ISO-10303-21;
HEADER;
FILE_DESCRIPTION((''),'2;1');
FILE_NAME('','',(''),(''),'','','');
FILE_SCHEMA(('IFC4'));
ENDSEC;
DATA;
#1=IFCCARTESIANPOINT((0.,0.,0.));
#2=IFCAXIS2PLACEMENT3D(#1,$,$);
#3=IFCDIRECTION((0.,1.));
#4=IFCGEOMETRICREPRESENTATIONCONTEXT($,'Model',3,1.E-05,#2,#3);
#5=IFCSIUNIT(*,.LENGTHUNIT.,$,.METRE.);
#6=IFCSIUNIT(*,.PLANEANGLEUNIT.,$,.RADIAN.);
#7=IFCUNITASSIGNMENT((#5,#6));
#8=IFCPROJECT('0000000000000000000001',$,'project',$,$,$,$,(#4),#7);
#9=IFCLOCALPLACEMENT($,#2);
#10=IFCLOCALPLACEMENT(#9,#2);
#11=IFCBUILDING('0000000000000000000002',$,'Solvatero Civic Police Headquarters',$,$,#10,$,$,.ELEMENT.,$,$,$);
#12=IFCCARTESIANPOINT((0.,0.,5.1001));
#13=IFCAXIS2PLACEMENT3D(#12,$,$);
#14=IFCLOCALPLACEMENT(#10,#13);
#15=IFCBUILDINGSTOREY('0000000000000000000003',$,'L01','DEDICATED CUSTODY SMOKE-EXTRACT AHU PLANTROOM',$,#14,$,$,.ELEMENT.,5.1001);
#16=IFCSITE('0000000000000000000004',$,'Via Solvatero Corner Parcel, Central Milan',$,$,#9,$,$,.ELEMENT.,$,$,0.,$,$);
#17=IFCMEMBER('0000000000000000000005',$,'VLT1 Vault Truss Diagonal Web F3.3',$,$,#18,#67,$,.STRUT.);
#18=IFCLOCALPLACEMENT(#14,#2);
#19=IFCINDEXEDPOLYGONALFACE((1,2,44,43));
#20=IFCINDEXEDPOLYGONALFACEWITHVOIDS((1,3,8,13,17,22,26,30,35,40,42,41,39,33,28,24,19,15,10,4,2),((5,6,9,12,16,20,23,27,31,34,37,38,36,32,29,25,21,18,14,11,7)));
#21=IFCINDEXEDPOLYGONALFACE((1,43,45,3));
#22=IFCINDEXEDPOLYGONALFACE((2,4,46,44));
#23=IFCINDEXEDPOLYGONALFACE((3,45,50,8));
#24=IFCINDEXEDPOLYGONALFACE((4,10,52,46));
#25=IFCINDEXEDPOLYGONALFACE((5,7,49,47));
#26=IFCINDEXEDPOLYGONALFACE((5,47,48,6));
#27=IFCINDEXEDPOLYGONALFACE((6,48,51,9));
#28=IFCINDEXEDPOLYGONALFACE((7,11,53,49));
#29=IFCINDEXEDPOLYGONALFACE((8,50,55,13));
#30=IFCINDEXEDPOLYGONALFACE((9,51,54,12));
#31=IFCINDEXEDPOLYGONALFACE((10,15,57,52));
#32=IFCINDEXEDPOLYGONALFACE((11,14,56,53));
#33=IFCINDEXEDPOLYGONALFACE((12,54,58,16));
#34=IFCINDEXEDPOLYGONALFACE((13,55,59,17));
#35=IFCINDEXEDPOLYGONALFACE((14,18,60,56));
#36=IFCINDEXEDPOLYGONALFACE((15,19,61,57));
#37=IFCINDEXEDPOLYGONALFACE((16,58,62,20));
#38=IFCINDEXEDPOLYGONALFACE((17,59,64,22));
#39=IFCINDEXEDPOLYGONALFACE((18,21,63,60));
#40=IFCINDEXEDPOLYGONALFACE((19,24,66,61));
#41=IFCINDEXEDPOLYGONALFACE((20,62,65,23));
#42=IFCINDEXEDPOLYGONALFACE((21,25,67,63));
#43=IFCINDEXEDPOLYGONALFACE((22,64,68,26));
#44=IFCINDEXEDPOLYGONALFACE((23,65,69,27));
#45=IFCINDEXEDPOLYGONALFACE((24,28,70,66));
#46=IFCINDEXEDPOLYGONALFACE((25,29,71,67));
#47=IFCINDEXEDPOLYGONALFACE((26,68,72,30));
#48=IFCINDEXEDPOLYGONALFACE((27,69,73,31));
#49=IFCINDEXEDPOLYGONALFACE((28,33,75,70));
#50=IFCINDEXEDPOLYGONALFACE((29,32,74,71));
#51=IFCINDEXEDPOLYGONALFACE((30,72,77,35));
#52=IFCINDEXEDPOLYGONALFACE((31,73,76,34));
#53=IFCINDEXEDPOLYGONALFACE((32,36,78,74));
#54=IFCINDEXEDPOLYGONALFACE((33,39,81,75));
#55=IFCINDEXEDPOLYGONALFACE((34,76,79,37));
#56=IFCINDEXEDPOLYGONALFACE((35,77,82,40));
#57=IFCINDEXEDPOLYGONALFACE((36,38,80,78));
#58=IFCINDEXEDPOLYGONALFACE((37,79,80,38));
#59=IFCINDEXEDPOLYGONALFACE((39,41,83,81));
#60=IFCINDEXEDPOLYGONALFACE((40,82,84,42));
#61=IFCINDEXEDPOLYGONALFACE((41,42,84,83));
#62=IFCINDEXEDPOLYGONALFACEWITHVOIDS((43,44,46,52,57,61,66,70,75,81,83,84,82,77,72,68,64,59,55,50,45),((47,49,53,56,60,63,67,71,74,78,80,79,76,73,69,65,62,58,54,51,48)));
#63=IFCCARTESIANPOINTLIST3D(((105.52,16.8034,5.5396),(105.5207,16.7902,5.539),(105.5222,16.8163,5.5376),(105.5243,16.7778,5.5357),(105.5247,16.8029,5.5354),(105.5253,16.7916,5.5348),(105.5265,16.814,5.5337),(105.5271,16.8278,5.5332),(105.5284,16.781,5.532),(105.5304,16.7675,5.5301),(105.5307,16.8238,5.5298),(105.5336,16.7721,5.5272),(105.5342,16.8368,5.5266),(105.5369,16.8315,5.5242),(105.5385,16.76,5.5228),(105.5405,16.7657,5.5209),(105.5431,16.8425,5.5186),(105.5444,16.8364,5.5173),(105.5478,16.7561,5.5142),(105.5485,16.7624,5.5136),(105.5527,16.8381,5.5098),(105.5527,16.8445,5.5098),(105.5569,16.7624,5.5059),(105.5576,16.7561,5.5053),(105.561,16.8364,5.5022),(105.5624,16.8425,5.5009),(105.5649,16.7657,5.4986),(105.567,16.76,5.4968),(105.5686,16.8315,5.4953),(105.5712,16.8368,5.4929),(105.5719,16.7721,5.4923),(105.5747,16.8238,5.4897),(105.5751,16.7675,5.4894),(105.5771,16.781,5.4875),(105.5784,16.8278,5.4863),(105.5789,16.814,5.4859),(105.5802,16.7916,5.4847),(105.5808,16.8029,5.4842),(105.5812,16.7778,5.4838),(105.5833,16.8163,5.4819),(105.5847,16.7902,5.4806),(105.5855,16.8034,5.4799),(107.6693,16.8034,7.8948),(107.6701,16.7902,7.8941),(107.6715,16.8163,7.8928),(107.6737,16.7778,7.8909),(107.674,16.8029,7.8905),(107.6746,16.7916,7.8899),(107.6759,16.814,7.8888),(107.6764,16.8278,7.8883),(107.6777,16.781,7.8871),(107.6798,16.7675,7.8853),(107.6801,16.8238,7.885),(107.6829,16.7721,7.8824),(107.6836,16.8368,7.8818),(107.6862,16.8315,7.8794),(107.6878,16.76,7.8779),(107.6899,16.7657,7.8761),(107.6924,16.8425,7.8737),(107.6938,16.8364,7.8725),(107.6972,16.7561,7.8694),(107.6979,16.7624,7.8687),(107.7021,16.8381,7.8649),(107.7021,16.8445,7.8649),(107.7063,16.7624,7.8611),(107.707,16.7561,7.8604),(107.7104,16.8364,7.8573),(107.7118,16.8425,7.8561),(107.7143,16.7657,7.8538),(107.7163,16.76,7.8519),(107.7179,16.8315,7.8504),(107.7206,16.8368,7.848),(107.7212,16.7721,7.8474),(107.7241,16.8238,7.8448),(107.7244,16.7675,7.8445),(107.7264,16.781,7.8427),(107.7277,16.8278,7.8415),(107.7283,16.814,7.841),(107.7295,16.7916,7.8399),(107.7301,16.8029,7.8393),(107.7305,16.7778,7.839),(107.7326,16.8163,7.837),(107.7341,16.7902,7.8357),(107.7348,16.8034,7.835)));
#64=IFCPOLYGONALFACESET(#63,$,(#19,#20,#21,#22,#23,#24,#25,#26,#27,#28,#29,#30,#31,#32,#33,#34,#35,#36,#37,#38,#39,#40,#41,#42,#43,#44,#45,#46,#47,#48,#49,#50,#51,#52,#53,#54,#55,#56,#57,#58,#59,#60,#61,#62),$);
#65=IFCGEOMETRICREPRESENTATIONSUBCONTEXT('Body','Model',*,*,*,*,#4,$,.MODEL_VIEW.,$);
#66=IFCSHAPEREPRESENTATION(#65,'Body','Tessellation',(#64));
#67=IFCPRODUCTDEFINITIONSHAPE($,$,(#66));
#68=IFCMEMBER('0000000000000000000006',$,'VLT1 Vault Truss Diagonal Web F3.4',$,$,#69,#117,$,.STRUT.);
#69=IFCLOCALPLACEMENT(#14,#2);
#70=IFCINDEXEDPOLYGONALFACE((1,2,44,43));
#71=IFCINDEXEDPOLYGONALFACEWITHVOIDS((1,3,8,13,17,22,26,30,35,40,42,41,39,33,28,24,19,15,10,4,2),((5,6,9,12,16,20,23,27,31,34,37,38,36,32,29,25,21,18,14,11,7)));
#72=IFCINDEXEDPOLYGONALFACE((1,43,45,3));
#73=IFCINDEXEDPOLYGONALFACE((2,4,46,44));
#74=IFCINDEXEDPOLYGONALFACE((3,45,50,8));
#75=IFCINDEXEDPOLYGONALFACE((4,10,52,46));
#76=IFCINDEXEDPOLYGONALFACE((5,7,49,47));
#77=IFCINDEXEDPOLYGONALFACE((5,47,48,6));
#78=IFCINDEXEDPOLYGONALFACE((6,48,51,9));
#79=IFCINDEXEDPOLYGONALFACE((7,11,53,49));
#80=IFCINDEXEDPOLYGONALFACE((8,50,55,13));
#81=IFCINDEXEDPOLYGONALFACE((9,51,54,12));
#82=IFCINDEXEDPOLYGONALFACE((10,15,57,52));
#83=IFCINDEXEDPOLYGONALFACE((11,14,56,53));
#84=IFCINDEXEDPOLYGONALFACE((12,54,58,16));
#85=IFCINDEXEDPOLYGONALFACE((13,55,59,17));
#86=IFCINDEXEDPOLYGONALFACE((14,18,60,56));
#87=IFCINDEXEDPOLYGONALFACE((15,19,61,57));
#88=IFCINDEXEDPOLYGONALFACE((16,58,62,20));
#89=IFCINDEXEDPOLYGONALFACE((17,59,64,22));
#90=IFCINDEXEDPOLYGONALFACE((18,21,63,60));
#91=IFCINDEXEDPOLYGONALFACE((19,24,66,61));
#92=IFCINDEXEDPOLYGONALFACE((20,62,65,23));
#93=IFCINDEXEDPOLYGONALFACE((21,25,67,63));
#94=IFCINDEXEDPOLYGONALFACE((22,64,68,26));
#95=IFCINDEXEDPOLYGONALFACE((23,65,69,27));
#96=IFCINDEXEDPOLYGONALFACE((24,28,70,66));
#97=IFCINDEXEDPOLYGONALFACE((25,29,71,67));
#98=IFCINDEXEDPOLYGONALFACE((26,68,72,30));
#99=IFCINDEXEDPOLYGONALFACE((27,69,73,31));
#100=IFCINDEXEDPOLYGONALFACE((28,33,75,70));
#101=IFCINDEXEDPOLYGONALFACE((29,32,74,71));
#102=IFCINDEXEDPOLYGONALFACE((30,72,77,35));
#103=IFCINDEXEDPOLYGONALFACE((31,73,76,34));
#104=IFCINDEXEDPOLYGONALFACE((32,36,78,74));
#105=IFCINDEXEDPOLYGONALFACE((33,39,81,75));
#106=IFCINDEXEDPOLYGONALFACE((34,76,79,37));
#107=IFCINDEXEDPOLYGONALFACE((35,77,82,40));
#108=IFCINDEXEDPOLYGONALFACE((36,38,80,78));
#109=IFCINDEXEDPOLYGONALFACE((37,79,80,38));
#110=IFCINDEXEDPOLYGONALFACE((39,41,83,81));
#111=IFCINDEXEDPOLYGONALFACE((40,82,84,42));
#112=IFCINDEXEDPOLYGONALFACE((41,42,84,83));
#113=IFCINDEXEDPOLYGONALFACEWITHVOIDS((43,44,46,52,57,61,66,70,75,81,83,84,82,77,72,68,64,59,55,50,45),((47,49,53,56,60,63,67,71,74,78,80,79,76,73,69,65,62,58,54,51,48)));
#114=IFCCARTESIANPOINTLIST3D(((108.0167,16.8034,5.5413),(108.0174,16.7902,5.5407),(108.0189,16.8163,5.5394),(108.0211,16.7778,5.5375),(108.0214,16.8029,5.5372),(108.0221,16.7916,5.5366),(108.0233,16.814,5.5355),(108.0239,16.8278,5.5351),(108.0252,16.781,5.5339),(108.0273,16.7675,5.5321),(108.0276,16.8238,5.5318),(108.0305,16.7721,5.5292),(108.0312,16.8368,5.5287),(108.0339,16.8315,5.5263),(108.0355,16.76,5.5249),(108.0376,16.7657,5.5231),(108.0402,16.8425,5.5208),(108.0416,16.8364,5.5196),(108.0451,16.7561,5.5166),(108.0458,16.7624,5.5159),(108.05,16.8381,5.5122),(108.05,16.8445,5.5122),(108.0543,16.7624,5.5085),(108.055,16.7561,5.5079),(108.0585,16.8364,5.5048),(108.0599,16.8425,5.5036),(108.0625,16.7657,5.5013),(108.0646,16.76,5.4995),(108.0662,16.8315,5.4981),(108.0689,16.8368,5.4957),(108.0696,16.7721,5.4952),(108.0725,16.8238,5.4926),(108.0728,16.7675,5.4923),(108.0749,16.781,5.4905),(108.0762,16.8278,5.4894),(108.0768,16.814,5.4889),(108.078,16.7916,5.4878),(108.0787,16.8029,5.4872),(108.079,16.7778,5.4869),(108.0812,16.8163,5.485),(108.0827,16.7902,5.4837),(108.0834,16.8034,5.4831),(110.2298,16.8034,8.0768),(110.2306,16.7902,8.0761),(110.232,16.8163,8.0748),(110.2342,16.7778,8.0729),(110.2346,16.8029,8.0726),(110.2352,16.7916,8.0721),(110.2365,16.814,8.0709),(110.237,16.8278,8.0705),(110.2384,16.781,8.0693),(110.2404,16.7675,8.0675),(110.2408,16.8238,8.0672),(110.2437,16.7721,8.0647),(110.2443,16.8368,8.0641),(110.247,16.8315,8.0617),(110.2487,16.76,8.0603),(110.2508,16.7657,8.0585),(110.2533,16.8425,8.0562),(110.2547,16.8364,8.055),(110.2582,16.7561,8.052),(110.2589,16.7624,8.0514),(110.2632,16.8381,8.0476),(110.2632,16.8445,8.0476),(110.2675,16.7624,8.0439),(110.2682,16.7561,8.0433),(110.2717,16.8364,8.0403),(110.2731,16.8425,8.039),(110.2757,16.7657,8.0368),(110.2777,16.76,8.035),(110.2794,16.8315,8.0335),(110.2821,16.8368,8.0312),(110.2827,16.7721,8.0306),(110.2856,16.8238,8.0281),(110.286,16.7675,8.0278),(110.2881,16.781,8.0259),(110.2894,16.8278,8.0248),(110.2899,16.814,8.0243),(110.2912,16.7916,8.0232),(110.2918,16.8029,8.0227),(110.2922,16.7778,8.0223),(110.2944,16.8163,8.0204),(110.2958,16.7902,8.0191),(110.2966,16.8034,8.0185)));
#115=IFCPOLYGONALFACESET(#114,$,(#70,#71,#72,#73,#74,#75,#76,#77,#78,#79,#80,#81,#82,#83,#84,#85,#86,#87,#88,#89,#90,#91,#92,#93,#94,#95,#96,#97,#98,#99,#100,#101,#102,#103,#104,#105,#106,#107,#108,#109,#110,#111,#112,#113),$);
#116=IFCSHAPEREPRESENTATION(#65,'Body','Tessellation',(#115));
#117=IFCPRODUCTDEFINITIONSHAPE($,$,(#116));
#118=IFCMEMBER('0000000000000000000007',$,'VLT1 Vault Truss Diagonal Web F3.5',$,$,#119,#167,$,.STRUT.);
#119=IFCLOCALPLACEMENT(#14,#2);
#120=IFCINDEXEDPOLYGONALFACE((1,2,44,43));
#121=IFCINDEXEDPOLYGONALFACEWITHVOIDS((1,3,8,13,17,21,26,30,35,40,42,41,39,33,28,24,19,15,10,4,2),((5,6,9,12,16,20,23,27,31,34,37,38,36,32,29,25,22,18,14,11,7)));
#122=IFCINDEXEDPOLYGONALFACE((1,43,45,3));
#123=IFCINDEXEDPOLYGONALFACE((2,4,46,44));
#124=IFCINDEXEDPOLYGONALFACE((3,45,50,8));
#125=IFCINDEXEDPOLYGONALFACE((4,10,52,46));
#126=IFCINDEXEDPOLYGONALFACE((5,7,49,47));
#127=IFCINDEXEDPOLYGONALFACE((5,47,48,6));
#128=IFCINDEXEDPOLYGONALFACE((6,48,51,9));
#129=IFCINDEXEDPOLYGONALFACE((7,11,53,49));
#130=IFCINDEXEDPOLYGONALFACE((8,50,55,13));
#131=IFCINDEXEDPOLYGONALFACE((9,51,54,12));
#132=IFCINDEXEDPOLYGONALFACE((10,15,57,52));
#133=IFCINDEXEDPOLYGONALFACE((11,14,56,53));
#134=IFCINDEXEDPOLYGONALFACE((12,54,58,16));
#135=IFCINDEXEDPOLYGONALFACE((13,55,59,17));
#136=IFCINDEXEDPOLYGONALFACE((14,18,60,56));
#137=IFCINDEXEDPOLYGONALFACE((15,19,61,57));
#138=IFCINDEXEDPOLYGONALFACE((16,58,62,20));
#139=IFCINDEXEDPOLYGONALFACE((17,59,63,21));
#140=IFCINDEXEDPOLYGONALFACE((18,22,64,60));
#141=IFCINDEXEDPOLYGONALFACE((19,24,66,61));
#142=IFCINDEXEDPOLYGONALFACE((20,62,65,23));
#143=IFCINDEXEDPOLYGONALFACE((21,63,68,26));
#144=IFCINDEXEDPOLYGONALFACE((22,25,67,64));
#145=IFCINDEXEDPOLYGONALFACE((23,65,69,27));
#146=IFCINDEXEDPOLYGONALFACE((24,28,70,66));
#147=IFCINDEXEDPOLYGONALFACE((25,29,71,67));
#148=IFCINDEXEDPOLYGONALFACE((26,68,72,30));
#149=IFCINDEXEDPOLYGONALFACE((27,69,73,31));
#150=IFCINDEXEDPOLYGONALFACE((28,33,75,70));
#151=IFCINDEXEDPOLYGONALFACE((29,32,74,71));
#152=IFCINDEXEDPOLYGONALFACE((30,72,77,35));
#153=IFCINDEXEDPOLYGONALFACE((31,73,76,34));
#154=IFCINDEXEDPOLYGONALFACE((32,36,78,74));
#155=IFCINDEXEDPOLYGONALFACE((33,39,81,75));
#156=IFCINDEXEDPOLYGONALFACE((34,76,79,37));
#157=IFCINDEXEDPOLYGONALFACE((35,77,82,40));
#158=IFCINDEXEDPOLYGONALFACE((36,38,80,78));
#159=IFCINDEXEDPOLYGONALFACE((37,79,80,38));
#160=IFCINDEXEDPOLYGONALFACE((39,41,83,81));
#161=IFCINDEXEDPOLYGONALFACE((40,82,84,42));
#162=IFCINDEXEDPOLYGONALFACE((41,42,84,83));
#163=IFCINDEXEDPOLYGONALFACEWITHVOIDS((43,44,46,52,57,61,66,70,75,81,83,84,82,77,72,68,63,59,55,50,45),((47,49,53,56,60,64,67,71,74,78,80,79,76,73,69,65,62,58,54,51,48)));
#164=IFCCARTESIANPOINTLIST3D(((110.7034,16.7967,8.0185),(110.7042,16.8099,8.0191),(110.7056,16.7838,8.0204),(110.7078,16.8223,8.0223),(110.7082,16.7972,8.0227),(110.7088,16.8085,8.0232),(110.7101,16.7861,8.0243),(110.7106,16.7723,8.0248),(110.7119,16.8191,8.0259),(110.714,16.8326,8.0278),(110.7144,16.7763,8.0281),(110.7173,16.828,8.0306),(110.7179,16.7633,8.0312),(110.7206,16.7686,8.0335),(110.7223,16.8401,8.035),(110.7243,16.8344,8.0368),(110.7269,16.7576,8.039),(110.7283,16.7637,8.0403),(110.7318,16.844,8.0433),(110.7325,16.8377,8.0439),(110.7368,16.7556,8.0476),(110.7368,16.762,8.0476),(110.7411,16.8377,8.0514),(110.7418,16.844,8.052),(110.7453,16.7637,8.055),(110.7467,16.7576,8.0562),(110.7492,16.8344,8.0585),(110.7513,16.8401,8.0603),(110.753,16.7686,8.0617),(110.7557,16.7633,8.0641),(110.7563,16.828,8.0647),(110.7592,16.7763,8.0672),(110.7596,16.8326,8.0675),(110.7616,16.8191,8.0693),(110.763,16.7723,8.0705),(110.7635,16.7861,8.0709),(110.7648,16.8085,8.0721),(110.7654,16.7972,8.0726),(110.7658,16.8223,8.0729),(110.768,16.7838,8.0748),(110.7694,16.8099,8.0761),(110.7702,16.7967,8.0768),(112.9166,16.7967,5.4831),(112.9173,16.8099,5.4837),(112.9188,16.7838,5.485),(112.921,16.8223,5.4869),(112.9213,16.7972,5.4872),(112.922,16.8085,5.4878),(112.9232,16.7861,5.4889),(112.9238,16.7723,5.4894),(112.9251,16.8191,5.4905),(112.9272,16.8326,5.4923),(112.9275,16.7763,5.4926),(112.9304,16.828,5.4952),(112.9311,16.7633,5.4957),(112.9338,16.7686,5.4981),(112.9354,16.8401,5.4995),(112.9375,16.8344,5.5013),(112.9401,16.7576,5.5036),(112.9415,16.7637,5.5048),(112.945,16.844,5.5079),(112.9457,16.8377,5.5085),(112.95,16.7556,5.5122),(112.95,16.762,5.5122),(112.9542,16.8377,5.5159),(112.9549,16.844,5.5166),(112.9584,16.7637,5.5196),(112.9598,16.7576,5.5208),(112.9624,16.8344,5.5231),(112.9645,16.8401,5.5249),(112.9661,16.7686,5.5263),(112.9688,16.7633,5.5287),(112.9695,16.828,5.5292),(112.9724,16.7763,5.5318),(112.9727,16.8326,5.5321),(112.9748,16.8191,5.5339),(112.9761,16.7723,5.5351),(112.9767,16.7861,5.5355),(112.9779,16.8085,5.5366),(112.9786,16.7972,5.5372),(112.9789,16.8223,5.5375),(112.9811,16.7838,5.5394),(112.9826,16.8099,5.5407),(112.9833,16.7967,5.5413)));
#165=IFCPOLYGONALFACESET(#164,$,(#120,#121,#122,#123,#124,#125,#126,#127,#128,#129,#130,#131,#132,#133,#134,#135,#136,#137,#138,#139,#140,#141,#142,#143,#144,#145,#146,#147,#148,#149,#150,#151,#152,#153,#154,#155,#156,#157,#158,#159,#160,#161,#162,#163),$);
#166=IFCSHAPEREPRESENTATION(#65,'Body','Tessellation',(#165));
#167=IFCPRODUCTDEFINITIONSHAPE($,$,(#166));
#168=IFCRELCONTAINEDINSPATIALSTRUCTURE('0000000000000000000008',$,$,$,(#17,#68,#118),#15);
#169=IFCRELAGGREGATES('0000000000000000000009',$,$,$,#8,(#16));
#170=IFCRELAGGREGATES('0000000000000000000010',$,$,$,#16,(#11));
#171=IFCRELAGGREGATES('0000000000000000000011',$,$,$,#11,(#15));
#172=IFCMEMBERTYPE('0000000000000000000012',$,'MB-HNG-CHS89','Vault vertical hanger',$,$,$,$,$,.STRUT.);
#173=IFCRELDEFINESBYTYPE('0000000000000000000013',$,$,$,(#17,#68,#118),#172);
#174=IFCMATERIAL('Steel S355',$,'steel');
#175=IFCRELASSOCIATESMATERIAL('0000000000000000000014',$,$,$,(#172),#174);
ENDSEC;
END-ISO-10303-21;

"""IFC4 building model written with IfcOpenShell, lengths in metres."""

from ifc_helpers import new_model, si_unit, direction, frame, origin, origin_2d, place, context, subcontext, project, spatial, hollow_circle, extrude, material, material_profile, profile_set, type_object, element, save


model = new_model("IFC4")

# Units and contexts
model_context = context("Model", 3, precision=1e-05, world=origin(), true_north=direction((0.0, 1.0)))
body_context = subcontext(model_context, "Body", "Model", "MODEL_VIEW")
ifc_project = project(units=[si_unit("LENGTHUNIT", "METRE"), si_unit("PLANEANGLEUNIT", "RADIAN")], contexts=[model_context])

# Site, building, storey
site_placement = place(None, origin())
site = spatial("IfcSite", under=ifc_project, at=site_placement, Name="Via Solvatero Corner Parcel, Central Milan", CompositionType="ELEMENT", RefElevation=0.0)
building_placement = place(site_placement, origin())
building = spatial("IfcBuilding", under=site, at=building_placement, Name="Solvatero Civic Police Headquarters", CompositionType="ELEMENT")
storey_placement = place(building_placement, frame((0.0, 0.0, 5.1001)))
storey = spatial("IfcBuildingStorey", under=building, at=storey_placement, Name="L01", Description="DEDICATED CUSTODY SMOKE-EXTRACT AHU PLANTROOM", CompositionType="ELEMENT", Elevation=5.1001)

# Shared definitions
ifc_material_1 = material(Name="Steel S355", Category="steel")

# Members
ifc_material_profile_1 = material_profile(ifc_material_1, hollow_circle(Radius=0.0444, WallThickness=0.0063, at=origin_2d()), Name="CHS 88.9x6.3")
ifc_profile_set_1 = profile_set([ifc_material_profile_1], Name="Steel S355")
member_type_1 = type_object("IfcMemberType", Name="MB-HNG-CHS89", Description="Vault vertical hanger", PredefinedType="STRUT", material=ifc_profile_set_1)
for number, where, z_axis, x_axis, name in (
    (1, (105.5527, 16.8, 5.5098), (0.674097, 0.0, 0.738643), (0.0, 1.0, 0.0), "VLT1 Vault Truss Diagonal Web F3.3"),
):
    element("IfcMember", number, at=place(storey_placement, frame(where, z_axis=z_axis, x_axis=x_axis)), inside=storey, type_object=member_type_1, Name=name, PredefinedType="STRUT", context=body_context, shape_type="SweptSolid", body=[
        extrude(hollow_circle(Radius=0.0444, WallThickness=0.0063, at=origin_2d()), origin(), (0.0, 0.0, 1.0), 3.1885),
    ])
for number, where, z_axis, x_axis, name in (
    (2, (108.05, 16.8, 5.5122), (0.657605, 0.0, 0.753363), (0.0, 1.0, 0.0), "VLT1 Vault Truss Diagonal Web F3.4"),
    (3, (112.95, 16.8, 5.5122), (-0.657605, 0.0, 0.753363), (0.0, -1.0, 0.0), "VLT1 Vault Truss Diagonal Web F3.5"),
):
    element("IfcMember", number, at=place(storey_placement, frame(where, z_axis=z_axis, x_axis=x_axis)), inside=storey, type_object=member_type_1, Name=name, PredefinedType="STRUT", context=body_context, shape_type="SweptSolid", body=[
        extrude(hollow_circle(Radius=0.0444, WallThickness=0.0063, at=origin_2d()), origin(), (0.0, 0.0, 1.0), 3.3655),
    ])

save(model, "model.ifc")
